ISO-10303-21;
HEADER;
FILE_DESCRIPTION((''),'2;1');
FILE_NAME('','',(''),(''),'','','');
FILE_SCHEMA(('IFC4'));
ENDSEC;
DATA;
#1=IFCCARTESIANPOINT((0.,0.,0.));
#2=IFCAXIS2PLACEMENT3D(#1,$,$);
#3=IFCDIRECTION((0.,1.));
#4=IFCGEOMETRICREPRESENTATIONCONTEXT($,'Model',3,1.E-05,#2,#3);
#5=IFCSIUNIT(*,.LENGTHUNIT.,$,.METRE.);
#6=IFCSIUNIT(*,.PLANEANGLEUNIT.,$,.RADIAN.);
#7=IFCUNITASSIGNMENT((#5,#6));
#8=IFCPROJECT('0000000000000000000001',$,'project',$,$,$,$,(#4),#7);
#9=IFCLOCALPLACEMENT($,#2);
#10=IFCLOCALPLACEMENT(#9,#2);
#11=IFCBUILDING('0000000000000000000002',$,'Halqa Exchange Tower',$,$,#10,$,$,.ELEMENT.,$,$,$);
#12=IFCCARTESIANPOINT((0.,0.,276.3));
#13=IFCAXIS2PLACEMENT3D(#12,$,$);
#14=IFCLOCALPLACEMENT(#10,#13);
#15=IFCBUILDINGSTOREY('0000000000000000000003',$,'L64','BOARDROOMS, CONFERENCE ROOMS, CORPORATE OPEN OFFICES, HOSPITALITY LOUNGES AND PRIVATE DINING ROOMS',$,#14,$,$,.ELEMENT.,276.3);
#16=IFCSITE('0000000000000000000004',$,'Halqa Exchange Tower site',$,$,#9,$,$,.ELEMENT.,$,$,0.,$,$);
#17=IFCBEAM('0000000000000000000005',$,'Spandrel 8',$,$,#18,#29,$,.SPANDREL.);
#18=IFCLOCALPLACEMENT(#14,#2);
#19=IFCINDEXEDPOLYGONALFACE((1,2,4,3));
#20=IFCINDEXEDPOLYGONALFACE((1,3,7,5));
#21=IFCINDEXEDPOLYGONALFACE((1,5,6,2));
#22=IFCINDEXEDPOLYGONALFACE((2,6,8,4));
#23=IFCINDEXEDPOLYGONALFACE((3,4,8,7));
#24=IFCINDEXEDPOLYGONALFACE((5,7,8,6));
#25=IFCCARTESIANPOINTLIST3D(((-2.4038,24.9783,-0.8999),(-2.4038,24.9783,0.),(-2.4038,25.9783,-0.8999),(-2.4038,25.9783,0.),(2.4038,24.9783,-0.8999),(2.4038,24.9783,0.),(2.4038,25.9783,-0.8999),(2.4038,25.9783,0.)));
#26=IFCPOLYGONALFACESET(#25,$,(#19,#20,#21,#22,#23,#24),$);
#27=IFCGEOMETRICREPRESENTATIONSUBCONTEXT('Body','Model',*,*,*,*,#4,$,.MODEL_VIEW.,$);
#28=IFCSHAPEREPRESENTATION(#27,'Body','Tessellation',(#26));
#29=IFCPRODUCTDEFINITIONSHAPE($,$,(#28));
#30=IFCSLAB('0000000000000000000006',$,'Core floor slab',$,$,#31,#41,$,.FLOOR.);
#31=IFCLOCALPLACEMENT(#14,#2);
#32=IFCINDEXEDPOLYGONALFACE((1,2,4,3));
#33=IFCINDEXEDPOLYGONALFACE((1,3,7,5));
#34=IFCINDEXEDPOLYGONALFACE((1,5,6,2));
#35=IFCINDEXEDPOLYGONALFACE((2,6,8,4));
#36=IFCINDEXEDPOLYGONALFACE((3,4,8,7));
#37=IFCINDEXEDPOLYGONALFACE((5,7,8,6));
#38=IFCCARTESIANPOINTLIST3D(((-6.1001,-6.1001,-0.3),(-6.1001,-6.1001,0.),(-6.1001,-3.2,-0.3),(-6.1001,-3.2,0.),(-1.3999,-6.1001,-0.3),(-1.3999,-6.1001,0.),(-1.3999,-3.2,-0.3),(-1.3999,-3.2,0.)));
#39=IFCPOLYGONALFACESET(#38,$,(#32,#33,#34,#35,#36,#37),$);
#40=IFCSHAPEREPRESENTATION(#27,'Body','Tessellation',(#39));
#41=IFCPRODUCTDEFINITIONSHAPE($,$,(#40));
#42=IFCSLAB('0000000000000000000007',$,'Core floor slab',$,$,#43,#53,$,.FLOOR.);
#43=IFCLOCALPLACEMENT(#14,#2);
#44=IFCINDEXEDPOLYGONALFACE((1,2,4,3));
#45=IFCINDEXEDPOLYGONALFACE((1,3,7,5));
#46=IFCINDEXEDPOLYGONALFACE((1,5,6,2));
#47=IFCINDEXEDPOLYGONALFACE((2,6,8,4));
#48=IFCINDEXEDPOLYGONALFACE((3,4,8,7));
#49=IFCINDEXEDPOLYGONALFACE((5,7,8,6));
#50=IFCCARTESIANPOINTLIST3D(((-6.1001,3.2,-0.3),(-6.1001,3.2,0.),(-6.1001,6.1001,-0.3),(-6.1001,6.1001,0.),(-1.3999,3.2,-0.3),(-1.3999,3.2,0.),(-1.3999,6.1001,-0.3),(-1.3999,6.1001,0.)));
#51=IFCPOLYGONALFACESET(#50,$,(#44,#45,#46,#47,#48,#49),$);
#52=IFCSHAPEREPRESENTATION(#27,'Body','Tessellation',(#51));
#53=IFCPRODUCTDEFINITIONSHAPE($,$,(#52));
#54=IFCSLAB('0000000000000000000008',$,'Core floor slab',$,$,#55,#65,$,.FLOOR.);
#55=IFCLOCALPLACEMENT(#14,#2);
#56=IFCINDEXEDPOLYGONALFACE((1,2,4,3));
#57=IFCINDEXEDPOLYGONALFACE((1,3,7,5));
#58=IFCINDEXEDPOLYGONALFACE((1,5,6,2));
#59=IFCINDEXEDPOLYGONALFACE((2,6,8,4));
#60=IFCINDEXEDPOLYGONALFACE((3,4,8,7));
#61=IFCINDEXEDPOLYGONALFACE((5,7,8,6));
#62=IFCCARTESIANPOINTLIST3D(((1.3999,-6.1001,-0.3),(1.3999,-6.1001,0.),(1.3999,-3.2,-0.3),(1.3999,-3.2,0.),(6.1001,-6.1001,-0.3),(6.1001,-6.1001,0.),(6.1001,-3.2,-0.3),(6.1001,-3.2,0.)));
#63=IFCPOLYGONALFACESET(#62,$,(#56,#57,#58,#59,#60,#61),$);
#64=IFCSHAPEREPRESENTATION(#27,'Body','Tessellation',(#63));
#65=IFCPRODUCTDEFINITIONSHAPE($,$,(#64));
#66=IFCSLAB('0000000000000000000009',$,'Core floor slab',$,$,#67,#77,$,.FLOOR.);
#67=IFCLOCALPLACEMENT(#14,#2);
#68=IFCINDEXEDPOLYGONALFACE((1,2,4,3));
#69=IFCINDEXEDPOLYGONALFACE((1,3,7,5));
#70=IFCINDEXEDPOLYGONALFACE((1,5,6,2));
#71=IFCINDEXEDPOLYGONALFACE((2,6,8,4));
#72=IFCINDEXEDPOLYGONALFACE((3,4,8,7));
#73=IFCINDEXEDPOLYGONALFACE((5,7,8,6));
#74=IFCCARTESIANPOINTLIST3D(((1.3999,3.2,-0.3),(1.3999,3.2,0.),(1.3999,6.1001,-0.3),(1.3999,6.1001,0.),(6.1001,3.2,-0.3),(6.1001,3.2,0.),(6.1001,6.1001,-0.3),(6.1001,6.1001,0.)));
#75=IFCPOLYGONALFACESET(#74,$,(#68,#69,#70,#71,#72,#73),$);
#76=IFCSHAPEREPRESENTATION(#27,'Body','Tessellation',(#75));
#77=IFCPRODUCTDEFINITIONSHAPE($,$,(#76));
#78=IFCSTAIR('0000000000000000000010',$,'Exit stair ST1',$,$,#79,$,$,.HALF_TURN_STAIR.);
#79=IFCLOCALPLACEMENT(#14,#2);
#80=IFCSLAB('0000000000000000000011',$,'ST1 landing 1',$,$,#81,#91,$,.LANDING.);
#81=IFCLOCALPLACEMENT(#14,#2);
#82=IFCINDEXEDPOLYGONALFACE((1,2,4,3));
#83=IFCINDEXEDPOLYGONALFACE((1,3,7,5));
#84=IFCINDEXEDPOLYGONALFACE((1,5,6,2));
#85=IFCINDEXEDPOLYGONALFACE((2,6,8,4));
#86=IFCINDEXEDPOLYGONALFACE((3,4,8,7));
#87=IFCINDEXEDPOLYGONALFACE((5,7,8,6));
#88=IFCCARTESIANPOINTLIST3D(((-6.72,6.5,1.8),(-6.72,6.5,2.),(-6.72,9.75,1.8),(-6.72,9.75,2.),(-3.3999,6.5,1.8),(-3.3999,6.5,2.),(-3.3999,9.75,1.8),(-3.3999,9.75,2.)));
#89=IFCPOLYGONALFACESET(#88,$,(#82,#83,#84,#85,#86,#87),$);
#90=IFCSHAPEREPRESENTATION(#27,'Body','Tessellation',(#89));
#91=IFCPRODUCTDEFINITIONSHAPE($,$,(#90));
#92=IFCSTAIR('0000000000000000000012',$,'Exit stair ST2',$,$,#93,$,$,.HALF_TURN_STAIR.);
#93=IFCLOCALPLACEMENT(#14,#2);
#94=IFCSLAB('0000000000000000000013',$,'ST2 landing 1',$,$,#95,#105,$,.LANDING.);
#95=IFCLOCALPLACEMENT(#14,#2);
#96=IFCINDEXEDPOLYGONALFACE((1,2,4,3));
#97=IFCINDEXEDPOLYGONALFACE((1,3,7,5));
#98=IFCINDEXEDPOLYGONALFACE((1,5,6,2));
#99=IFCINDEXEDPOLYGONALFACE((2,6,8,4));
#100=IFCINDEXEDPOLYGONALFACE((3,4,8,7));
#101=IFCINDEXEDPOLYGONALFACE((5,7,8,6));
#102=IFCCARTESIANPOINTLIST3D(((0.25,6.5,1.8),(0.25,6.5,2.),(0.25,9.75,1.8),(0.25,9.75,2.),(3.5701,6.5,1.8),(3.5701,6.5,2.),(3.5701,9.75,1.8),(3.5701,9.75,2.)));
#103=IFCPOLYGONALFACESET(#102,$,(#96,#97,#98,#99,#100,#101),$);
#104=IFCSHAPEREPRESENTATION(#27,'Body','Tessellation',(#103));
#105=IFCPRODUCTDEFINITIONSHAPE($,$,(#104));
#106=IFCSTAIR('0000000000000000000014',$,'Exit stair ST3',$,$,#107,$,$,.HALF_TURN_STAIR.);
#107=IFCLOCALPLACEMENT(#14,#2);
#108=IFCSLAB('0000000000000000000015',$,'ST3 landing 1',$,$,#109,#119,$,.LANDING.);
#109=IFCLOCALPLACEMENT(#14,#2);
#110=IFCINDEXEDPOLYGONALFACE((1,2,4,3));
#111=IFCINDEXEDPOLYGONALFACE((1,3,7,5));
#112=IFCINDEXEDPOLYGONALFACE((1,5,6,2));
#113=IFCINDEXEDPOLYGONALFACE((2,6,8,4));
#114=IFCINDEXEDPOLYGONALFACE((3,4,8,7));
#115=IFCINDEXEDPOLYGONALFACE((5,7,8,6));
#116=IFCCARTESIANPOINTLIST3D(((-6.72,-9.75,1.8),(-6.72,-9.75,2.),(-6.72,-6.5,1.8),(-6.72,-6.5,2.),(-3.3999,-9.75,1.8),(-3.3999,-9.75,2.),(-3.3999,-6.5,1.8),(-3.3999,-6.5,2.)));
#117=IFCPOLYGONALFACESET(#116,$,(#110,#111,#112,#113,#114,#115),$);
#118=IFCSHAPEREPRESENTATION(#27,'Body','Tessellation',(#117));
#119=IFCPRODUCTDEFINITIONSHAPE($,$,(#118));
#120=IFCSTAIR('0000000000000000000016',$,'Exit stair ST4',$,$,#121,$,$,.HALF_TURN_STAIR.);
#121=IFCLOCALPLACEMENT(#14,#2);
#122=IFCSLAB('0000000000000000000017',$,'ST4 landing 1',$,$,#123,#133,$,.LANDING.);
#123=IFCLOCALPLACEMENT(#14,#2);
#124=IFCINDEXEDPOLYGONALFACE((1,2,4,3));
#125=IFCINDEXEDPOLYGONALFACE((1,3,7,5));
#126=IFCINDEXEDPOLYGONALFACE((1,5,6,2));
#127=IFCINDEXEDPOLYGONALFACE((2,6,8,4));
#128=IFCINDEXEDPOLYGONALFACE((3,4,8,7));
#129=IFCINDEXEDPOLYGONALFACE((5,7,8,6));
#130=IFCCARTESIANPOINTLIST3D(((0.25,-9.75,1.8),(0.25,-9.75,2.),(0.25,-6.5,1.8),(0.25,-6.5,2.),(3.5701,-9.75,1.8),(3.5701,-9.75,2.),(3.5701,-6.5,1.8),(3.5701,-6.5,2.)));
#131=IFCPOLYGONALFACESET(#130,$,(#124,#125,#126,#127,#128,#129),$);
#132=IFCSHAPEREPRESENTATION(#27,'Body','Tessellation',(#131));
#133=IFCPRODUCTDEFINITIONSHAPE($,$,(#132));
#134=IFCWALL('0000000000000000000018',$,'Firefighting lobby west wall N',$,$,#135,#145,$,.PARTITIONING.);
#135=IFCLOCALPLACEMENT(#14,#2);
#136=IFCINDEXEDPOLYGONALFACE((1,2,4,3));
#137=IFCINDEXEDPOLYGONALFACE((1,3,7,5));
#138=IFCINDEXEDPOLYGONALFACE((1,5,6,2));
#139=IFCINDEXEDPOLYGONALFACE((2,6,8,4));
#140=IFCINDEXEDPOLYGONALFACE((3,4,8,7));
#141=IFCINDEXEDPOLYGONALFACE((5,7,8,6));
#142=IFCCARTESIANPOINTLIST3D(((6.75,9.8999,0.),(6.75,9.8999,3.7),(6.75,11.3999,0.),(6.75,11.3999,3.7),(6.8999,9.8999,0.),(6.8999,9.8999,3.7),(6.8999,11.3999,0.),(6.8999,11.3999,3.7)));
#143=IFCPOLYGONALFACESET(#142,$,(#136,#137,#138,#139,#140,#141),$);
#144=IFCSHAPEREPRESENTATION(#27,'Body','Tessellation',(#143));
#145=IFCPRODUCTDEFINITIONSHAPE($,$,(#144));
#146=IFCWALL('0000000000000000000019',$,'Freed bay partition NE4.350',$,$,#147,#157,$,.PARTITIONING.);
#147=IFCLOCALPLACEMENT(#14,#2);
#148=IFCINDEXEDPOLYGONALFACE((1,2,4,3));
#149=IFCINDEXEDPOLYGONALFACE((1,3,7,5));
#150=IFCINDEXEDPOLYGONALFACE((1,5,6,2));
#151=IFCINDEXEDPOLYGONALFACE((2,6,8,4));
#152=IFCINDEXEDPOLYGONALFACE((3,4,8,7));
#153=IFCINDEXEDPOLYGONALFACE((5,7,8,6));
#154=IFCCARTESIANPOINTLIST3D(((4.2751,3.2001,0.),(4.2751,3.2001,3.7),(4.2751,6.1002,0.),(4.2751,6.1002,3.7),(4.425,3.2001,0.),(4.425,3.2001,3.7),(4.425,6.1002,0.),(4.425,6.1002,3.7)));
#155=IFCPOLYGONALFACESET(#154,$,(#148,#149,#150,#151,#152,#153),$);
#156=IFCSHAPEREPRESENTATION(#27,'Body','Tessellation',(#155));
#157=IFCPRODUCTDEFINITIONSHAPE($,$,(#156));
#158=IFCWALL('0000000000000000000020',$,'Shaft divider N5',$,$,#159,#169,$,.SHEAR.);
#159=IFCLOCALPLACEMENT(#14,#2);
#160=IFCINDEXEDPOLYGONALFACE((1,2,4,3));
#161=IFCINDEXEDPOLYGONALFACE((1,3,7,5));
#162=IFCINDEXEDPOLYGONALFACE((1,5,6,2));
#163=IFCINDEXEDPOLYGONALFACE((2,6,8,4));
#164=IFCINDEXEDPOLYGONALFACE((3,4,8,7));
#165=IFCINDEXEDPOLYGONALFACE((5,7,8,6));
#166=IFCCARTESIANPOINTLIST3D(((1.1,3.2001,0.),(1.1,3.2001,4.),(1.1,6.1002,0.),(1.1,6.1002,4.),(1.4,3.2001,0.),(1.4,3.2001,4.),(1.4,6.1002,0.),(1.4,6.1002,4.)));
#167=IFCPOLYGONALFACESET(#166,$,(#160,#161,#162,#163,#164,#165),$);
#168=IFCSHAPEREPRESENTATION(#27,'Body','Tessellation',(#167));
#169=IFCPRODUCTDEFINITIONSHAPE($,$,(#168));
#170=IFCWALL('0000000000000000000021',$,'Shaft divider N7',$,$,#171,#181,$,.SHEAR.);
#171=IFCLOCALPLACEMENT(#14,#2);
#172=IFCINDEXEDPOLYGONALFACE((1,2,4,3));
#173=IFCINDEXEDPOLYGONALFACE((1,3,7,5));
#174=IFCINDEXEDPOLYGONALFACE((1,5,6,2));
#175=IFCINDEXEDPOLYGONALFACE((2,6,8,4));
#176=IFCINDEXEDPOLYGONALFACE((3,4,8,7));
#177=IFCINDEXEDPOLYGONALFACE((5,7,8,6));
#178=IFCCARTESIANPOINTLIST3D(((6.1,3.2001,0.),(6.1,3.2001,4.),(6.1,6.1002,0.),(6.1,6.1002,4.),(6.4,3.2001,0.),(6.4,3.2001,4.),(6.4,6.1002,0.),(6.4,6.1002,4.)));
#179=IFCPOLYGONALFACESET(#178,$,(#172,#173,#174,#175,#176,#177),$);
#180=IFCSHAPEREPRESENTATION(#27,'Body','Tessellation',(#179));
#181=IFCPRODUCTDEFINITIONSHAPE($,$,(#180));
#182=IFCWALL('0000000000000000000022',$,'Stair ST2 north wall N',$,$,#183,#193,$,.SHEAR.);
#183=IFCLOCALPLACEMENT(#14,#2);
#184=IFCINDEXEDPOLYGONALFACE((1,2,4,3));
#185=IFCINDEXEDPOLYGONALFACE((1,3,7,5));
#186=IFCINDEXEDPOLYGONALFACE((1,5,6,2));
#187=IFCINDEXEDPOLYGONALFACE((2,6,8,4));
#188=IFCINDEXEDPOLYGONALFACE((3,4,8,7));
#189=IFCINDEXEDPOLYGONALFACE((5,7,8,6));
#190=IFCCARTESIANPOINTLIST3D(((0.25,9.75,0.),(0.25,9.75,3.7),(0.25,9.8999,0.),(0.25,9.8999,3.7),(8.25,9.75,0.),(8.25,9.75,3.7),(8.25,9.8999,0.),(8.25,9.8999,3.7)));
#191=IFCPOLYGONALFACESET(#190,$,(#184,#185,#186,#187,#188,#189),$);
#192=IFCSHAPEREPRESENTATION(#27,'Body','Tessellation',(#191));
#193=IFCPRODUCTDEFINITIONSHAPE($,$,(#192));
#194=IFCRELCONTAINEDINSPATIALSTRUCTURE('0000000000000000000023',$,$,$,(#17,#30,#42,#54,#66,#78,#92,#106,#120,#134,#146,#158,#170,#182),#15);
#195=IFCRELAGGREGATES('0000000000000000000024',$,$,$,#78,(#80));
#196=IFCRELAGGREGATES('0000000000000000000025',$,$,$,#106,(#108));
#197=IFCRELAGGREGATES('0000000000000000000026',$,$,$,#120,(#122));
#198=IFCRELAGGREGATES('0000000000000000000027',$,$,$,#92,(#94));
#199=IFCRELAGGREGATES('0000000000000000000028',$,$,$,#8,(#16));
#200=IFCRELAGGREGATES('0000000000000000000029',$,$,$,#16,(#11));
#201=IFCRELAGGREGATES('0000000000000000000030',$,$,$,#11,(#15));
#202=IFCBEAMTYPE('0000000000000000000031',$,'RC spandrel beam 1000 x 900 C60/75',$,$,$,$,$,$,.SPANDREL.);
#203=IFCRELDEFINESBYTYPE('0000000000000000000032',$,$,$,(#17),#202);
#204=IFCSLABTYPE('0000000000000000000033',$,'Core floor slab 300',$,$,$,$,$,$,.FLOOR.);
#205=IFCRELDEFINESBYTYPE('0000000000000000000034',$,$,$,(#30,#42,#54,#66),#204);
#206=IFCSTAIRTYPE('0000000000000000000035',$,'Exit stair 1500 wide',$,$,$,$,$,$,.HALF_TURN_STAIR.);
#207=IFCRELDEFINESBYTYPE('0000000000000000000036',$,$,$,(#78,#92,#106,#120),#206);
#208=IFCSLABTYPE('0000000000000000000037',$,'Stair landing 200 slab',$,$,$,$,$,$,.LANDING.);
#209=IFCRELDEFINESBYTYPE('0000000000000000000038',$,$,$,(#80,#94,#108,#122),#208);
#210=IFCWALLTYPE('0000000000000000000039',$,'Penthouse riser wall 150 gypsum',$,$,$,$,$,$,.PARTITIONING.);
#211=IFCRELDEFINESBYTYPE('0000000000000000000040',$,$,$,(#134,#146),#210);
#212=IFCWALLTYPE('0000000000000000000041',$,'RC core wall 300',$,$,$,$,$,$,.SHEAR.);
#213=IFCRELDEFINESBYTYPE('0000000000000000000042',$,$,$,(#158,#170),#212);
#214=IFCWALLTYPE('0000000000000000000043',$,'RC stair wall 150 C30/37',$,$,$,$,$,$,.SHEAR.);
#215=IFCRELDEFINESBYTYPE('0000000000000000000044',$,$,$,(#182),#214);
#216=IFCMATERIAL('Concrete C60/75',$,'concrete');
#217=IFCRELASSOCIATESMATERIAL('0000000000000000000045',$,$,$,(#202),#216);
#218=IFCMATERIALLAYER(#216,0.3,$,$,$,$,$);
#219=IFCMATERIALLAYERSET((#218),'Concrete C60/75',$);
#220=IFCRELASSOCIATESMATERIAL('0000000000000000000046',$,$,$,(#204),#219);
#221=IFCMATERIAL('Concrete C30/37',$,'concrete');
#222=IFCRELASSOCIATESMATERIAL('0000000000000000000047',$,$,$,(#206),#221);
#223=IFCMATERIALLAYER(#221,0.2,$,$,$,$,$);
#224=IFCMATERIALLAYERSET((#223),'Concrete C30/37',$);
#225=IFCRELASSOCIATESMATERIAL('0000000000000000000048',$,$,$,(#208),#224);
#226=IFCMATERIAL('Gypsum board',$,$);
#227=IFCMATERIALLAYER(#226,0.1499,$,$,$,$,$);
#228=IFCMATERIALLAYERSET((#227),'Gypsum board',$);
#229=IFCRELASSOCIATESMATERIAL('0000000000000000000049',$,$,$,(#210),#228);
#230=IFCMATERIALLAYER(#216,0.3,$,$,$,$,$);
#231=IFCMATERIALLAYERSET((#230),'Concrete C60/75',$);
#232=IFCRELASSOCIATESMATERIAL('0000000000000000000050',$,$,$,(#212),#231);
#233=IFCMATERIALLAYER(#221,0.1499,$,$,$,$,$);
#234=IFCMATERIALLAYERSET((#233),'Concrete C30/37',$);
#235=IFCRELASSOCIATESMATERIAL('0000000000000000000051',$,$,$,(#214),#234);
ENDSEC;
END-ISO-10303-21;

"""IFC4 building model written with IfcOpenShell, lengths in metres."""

from ifc_helpers import new_model, si_unit, direction, frame, frame_2d, origin, origin_2d, place, context, subcontext, project, spatial, polyline, rectangle, outline, extrude, material, layer, layer_set, material_profile, profile_set, type_object, element, aggregate, save


model = new_model("IFC4")

# Units and contexts
model_context = context("Model", 3, precision=1e-05, world=origin(), true_north=direction((0.0, 1.0)))
body_context = subcontext(model_context, "Body", "Model", "MODEL_VIEW")
ifc_project = project(units=[si_unit("LENGTHUNIT", "METRE"), si_unit("PLANEANGLEUNIT", "RADIAN")], contexts=[model_context])

# Site, building, storey
site_placement = place(None, origin())
site = spatial("IfcSite", under=ifc_project, at=site_placement, Name="Halqa Exchange Tower site", CompositionType="ELEMENT", RefElevation=0.0)
building_placement = place(site_placement, origin())
building = spatial("IfcBuilding", under=site, at=building_placement, Name="Halqa Exchange Tower", CompositionType="ELEMENT")
storey_placement = place(building_placement, frame((0.0, 0.0, 276.3)))
storey = spatial("IfcBuildingStorey", under=building, at=storey_placement, Name="L64", Description="BOARDROOMS, CONFERENCE ROOMS, CORPORATE OPEN OFFICES, HOSPITALITY LOUNGES AND PRIVATE DINING ROOMS", CompositionType="ELEMENT", Elevation=276.3)

# Shared definitions
ifc_material_1 = material(Name="Concrete C60/75", Category="concrete")

# Beam
ifc_material_profile_1 = material_profile(ifc_material_1, rectangle(XDim=1.0, YDim=0.8999, at=origin_2d()), Name="1000 x 900")
ifc_profile_set_1 = profile_set([ifc_material_profile_1], Name="Concrete C60/75")
beam_type_1 = type_object("IfcBeamType", Name="RC spandrel beam 1000 x 900 C60/75", PredefinedType="SPANDREL", material=ifc_profile_set_1)
beam_1_placement = place(storey_placement, frame((2.4038, 25.4783, -0.45), z_axis=(-1.0, 0.0, 0.0), x_axis=(0.0, -1.0, 0.0)))
element("IfcBeam", 1, at=beam_1_placement, inside=storey, type_object=beam_type_1, Name="Spandrel 8", PredefinedType="SPANDREL", context=body_context, shape_type="SweptSolid", body=[
    extrude(rectangle(XDim=1.0, YDim=0.8999, at=origin_2d()), origin(), (0.0, 0.0, 1.0), 4.8076),
])

# Slabs
ifc_layer_1 = layer(ifc_material_1, 0.3)
ifc_layer_set_1 = layer_set([ifc_layer_1], Name="Concrete C60/75")
slab_type_1 = type_object("IfcSlabType", Name="Core floor slab 300", PredefinedType="FLOOR", material=ifc_layer_set_1)
slab_1_placement = place(storey_placement, frame((0.0, 0.0, -0.3)))
element("IfcSlab", 2, at=slab_1_placement, inside=storey, type_object=slab_type_1, Name="Core floor slab", PredefinedType="FLOOR", context=body_context, shape_type="SweptSolid", body=[
    extrude(outline(polyline([(-1.3999, -3.2), (-1.3999, -6.1001), (-6.1001, -6.1001), (-6.1001, -3.2), (-1.3999, -3.2)])), origin(), (0.0, 0.0, 1.0), 0.3),
])
slab_2_placement = place(storey_placement, frame((0.0, 0.0, -0.3)))
element("IfcSlab", 3, at=slab_2_placement, inside=storey, type_object=slab_type_1, Name="Core floor slab", PredefinedType="FLOOR", context=body_context, shape_type="SweptSolid", body=[
    extrude(outline(polyline([(-1.3999, 3.2), (-6.1001, 3.2), (-6.1001, 6.1001), (-1.3999, 6.1001), (-1.3999, 3.2)])), origin(), (0.0, 0.0, 1.0), 0.3),
])
slab_3_placement = place(storey_placement, frame((0.0, 0.0, -0.3)))
element("IfcSlab", 4, at=slab_3_placement, inside=storey, type_object=slab_type_1, Name="Core floor slab", PredefinedType="FLOOR", context=body_context, shape_type="SweptSolid", body=[
    extrude(outline(polyline([(6.1001, -3.2), (6.1001, -6.1001), (1.3999, -6.1001), (1.3999, -3.2), (6.1001, -3.2)])), origin(), (0.0, 0.0, 1.0), 0.3),
])
slab_4_placement = place(storey_placement, frame((0.0, 0.0, -0.3)))
element("IfcSlab", 5, at=slab_4_placement, inside=storey, type_object=slab_type_1, Name="Core floor slab", PredefinedType="FLOOR", context=body_context, shape_type="SweptSolid", body=[
    extrude(outline(polyline([(6.1001, 6.1001), (6.1001, 3.2), (1.3999, 3.2), (1.3999, 6.1001), (6.1001, 6.1001)])), origin(), (0.0, 0.0, 1.0), 0.3),
])

# Stairs, slabs
ifc_material_2 = material(Name="Concrete C30/37", Category="concrete")
stair_type = type_object("IfcStairType", Name="Exit stair 1500 wide", PredefinedType="HALF_TURN_STAIR", material=ifc_material_2)
stair_1_placement = place(storey_placement, origin())
stair_1 = element("IfcStair", 6, at=stair_1_placement, inside=storey, type_object=stair_type, Name="Exit stair ST1", PredefinedType="HALF_TURN_STAIR")
ifc_layer_2 = layer(ifc_material_2, 0.2)
ifc_layer_set_2 = layer_set([ifc_layer_2], Name="Concrete C30/37")
slab_type_2 = type_object("IfcSlabType", Name="Stair landing 200 slab", PredefinedType="LANDING", material=ifc_layer_set_2)
slab_5_placement = place(storey_placement, frame((0.0, 0.0, 1.8)))
slab_5 = element("IfcSlab", 7, at=slab_5_placement, type_object=slab_type_2, Name="ST1 landing 1", PredefinedType="LANDING", context=body_context, shape_type="SweptSolid", body=[
    extrude(outline(polyline([(-6.72, 6.5), (-3.3999, 6.5), (-3.3999, 9.75), (-6.72, 9.75), (-6.72, 6.5)])), origin(), (0.0, 0.0, 1.0), 0.2),
])
aggregate(stair_1, [slab_5])
stair_2_placement = place(storey_placement, origin())
stair_2 = element("IfcStair", 8, at=stair_2_placement, inside=storey, type_object=stair_type, Name="Exit stair ST2", PredefinedType="HALF_TURN_STAIR")
slab_6_placement = place(storey_placement, frame((0.0, 0.0, 1.8)))
slab_6 = element("IfcSlab", 9, at=slab_6_placement, type_object=slab_type_2, Name="ST2 landing 1", PredefinedType="LANDING", context=body_context, shape_type="SweptSolid", body=[
    extrude(outline(polyline([(0.25, 6.5), (3.5701, 6.5), (3.5701, 9.75), (0.25, 9.75), (0.25, 6.5)])), origin(), (0.0, 0.0, 1.0), 0.2),
])
stair_3_placement = place(storey_placement, origin())
stair_3 = element("IfcStair", 10, at=stair_3_placement, inside=storey, type_object=stair_type, Name="Exit stair ST3", PredefinedType="HALF_TURN_STAIR")
slab_7_placement = place(storey_placement, frame((0.0, 0.0, 1.8)))
slab_7 = element("IfcSlab", 11, at=slab_7_placement, type_object=slab_type_2, Name="ST3 landing 1", PredefinedType="LANDING", context=body_context, shape_type="SweptSolid", body=[
    extrude(outline(polyline([(-6.72, -9.75), (-3.3999, -9.75), (-3.3999, -6.5), (-6.72, -6.5), (-6.72, -9.75)])), origin(), (0.0, 0.0, 1.0), 0.2),
])
aggregate(stair_3, [slab_7])
stair_4_placement = place(storey_placement, origin())
stair_4 = element("IfcStair", 12, at=stair_4_placement, inside=storey, type_object=stair_type, Name="Exit stair ST4", PredefinedType="HALF_TURN_STAIR")
slab_8_placement = place(storey_placement, frame((0.0, 0.0, 1.8)))
slab_8 = element("IfcSlab", 13, at=slab_8_placement, type_object=slab_type_2, Name="ST4 landing 1", PredefinedType="LANDING", context=body_context, shape_type="SweptSolid", body=[
    extrude(outline(polyline([(0.25, -9.75), (3.5701, -9.75), (3.5701, -6.5), (0.25, -6.5), (0.25, -9.75)])), origin(), (0.0, 0.0, 1.0), 0.2),
])
aggregate(stair_4, [slab_8])

# Walls
ifc_material_3 = material(Name="Gypsum board")
ifc_layer_3 = layer(ifc_material_3, 0.1499)
ifc_layer_set_3 = layer_set([ifc_layer_3], Name="Gypsum board")
wall_type_1 = type_object("IfcWallType", Name="Penthouse riser wall 150 gypsum", PredefinedType="PARTITIONING", material=ifc_layer_set_3)
wall_1_placement = place(storey_placement, frame((6.825, 9.8999, 0.0), z_axis=(0.0, 0.0, 1.0), x_axis=(0.0, 1.0, 0.0)))
element("IfcWall", 14, at=wall_1_placement, inside=storey, type_object=wall_type_1, Name="Firefighting lobby west wall N", PredefinedType="PARTITIONING", context=body_context, shape_type="SweptSolid", body=[
    extrude(rectangle(XDim=1.5, YDim=0.1499, at=frame_2d((0.75, 0.0))), origin(), (0.0, 0.0, 1.0), 3.7),
])
wall_2_placement = place(storey_placement, frame((4.3501, 3.2, 0.0), z_axis=(0.0, 0.0, 1.0), x_axis=(0.0, 1.0, 0.0)))
element("IfcWall", 15, at=wall_2_placement, inside=storey, type_object=wall_type_1, Name="Freed bay partition NE4.350", PredefinedType="PARTITIONING", context=body_context, shape_type="SweptSolid", body=[
    extrude(rectangle(XDim=2.9001, YDim=0.1499, at=frame_2d((1.4502, 0.0))), origin(), (0.0, 0.0, 1.0), 3.7),
])
ifc_layer_4 = layer(ifc_material_1, 0.3)
ifc_layer_set_4 = layer_set([ifc_layer_4], Name="Concrete C60/75")
wall_type_2 = type_object("IfcWallType", Name="RC core wall 300", PredefinedType="SHEAR", material=ifc_layer_set_4)
for number, where, z_axis, x_axis, name in (
    (16, (1.25, 3.2, 0.0), (0.0, 0.0, 1.0), (0.0, 1.0, 0.0), "Shaft divider N5"),
    (17, (6.25, 3.2, 0.0), (0.0, 0.0, 1.0), (0.0, 1.0, 0.0), "Shaft divider N7"),
):
    element("IfcWall", number, at=place(storey_placement, frame(where, z_axis=z_axis, x_axis=x_axis)), inside=storey, type_object=wall_type_2, Name=name, PredefinedType="SHEAR", context=body_context, shape_type="SweptSolid", body=[
        extrude(rectangle(XDim=2.9001, YDim=0.3, at=frame_2d((1.4502, 0.0))), origin(), (0.0, 0.0, 1.0), 4.0),
    ])
ifc_layer_5 = layer(ifc_material_2, 0.1499)
ifc_layer_set_5 = layer_set([ifc_layer_5], Name="Concrete C30/37")
wall_type_3 = type_object("IfcWallType", Name="RC stair wall 150 C30/37", PredefinedType="SHEAR", material=ifc_layer_set_5)
wall_3_placement = place(storey_placement, frame((0.25, 9.825, 0.0), z_axis=(0.0, 0.0, 1.0), x_axis=(1.0, 0.0, 0.0)))
element("IfcWall", 18, at=wall_3_placement, inside=storey, type_object=wall_type_3, Name="Stair ST2 north wall N", PredefinedType="SHEAR", context=body_context, shape_type="SweptSolid", body=[
    extrude(rectangle(XDim=8.0, YDim=0.1499, at=frame_2d((4.0, 0.0))), origin(), (0.0, 0.0, 1.0), 3.7),
])

aggregate(stair_2, [slab_6])

save(model, "model.ifc")
